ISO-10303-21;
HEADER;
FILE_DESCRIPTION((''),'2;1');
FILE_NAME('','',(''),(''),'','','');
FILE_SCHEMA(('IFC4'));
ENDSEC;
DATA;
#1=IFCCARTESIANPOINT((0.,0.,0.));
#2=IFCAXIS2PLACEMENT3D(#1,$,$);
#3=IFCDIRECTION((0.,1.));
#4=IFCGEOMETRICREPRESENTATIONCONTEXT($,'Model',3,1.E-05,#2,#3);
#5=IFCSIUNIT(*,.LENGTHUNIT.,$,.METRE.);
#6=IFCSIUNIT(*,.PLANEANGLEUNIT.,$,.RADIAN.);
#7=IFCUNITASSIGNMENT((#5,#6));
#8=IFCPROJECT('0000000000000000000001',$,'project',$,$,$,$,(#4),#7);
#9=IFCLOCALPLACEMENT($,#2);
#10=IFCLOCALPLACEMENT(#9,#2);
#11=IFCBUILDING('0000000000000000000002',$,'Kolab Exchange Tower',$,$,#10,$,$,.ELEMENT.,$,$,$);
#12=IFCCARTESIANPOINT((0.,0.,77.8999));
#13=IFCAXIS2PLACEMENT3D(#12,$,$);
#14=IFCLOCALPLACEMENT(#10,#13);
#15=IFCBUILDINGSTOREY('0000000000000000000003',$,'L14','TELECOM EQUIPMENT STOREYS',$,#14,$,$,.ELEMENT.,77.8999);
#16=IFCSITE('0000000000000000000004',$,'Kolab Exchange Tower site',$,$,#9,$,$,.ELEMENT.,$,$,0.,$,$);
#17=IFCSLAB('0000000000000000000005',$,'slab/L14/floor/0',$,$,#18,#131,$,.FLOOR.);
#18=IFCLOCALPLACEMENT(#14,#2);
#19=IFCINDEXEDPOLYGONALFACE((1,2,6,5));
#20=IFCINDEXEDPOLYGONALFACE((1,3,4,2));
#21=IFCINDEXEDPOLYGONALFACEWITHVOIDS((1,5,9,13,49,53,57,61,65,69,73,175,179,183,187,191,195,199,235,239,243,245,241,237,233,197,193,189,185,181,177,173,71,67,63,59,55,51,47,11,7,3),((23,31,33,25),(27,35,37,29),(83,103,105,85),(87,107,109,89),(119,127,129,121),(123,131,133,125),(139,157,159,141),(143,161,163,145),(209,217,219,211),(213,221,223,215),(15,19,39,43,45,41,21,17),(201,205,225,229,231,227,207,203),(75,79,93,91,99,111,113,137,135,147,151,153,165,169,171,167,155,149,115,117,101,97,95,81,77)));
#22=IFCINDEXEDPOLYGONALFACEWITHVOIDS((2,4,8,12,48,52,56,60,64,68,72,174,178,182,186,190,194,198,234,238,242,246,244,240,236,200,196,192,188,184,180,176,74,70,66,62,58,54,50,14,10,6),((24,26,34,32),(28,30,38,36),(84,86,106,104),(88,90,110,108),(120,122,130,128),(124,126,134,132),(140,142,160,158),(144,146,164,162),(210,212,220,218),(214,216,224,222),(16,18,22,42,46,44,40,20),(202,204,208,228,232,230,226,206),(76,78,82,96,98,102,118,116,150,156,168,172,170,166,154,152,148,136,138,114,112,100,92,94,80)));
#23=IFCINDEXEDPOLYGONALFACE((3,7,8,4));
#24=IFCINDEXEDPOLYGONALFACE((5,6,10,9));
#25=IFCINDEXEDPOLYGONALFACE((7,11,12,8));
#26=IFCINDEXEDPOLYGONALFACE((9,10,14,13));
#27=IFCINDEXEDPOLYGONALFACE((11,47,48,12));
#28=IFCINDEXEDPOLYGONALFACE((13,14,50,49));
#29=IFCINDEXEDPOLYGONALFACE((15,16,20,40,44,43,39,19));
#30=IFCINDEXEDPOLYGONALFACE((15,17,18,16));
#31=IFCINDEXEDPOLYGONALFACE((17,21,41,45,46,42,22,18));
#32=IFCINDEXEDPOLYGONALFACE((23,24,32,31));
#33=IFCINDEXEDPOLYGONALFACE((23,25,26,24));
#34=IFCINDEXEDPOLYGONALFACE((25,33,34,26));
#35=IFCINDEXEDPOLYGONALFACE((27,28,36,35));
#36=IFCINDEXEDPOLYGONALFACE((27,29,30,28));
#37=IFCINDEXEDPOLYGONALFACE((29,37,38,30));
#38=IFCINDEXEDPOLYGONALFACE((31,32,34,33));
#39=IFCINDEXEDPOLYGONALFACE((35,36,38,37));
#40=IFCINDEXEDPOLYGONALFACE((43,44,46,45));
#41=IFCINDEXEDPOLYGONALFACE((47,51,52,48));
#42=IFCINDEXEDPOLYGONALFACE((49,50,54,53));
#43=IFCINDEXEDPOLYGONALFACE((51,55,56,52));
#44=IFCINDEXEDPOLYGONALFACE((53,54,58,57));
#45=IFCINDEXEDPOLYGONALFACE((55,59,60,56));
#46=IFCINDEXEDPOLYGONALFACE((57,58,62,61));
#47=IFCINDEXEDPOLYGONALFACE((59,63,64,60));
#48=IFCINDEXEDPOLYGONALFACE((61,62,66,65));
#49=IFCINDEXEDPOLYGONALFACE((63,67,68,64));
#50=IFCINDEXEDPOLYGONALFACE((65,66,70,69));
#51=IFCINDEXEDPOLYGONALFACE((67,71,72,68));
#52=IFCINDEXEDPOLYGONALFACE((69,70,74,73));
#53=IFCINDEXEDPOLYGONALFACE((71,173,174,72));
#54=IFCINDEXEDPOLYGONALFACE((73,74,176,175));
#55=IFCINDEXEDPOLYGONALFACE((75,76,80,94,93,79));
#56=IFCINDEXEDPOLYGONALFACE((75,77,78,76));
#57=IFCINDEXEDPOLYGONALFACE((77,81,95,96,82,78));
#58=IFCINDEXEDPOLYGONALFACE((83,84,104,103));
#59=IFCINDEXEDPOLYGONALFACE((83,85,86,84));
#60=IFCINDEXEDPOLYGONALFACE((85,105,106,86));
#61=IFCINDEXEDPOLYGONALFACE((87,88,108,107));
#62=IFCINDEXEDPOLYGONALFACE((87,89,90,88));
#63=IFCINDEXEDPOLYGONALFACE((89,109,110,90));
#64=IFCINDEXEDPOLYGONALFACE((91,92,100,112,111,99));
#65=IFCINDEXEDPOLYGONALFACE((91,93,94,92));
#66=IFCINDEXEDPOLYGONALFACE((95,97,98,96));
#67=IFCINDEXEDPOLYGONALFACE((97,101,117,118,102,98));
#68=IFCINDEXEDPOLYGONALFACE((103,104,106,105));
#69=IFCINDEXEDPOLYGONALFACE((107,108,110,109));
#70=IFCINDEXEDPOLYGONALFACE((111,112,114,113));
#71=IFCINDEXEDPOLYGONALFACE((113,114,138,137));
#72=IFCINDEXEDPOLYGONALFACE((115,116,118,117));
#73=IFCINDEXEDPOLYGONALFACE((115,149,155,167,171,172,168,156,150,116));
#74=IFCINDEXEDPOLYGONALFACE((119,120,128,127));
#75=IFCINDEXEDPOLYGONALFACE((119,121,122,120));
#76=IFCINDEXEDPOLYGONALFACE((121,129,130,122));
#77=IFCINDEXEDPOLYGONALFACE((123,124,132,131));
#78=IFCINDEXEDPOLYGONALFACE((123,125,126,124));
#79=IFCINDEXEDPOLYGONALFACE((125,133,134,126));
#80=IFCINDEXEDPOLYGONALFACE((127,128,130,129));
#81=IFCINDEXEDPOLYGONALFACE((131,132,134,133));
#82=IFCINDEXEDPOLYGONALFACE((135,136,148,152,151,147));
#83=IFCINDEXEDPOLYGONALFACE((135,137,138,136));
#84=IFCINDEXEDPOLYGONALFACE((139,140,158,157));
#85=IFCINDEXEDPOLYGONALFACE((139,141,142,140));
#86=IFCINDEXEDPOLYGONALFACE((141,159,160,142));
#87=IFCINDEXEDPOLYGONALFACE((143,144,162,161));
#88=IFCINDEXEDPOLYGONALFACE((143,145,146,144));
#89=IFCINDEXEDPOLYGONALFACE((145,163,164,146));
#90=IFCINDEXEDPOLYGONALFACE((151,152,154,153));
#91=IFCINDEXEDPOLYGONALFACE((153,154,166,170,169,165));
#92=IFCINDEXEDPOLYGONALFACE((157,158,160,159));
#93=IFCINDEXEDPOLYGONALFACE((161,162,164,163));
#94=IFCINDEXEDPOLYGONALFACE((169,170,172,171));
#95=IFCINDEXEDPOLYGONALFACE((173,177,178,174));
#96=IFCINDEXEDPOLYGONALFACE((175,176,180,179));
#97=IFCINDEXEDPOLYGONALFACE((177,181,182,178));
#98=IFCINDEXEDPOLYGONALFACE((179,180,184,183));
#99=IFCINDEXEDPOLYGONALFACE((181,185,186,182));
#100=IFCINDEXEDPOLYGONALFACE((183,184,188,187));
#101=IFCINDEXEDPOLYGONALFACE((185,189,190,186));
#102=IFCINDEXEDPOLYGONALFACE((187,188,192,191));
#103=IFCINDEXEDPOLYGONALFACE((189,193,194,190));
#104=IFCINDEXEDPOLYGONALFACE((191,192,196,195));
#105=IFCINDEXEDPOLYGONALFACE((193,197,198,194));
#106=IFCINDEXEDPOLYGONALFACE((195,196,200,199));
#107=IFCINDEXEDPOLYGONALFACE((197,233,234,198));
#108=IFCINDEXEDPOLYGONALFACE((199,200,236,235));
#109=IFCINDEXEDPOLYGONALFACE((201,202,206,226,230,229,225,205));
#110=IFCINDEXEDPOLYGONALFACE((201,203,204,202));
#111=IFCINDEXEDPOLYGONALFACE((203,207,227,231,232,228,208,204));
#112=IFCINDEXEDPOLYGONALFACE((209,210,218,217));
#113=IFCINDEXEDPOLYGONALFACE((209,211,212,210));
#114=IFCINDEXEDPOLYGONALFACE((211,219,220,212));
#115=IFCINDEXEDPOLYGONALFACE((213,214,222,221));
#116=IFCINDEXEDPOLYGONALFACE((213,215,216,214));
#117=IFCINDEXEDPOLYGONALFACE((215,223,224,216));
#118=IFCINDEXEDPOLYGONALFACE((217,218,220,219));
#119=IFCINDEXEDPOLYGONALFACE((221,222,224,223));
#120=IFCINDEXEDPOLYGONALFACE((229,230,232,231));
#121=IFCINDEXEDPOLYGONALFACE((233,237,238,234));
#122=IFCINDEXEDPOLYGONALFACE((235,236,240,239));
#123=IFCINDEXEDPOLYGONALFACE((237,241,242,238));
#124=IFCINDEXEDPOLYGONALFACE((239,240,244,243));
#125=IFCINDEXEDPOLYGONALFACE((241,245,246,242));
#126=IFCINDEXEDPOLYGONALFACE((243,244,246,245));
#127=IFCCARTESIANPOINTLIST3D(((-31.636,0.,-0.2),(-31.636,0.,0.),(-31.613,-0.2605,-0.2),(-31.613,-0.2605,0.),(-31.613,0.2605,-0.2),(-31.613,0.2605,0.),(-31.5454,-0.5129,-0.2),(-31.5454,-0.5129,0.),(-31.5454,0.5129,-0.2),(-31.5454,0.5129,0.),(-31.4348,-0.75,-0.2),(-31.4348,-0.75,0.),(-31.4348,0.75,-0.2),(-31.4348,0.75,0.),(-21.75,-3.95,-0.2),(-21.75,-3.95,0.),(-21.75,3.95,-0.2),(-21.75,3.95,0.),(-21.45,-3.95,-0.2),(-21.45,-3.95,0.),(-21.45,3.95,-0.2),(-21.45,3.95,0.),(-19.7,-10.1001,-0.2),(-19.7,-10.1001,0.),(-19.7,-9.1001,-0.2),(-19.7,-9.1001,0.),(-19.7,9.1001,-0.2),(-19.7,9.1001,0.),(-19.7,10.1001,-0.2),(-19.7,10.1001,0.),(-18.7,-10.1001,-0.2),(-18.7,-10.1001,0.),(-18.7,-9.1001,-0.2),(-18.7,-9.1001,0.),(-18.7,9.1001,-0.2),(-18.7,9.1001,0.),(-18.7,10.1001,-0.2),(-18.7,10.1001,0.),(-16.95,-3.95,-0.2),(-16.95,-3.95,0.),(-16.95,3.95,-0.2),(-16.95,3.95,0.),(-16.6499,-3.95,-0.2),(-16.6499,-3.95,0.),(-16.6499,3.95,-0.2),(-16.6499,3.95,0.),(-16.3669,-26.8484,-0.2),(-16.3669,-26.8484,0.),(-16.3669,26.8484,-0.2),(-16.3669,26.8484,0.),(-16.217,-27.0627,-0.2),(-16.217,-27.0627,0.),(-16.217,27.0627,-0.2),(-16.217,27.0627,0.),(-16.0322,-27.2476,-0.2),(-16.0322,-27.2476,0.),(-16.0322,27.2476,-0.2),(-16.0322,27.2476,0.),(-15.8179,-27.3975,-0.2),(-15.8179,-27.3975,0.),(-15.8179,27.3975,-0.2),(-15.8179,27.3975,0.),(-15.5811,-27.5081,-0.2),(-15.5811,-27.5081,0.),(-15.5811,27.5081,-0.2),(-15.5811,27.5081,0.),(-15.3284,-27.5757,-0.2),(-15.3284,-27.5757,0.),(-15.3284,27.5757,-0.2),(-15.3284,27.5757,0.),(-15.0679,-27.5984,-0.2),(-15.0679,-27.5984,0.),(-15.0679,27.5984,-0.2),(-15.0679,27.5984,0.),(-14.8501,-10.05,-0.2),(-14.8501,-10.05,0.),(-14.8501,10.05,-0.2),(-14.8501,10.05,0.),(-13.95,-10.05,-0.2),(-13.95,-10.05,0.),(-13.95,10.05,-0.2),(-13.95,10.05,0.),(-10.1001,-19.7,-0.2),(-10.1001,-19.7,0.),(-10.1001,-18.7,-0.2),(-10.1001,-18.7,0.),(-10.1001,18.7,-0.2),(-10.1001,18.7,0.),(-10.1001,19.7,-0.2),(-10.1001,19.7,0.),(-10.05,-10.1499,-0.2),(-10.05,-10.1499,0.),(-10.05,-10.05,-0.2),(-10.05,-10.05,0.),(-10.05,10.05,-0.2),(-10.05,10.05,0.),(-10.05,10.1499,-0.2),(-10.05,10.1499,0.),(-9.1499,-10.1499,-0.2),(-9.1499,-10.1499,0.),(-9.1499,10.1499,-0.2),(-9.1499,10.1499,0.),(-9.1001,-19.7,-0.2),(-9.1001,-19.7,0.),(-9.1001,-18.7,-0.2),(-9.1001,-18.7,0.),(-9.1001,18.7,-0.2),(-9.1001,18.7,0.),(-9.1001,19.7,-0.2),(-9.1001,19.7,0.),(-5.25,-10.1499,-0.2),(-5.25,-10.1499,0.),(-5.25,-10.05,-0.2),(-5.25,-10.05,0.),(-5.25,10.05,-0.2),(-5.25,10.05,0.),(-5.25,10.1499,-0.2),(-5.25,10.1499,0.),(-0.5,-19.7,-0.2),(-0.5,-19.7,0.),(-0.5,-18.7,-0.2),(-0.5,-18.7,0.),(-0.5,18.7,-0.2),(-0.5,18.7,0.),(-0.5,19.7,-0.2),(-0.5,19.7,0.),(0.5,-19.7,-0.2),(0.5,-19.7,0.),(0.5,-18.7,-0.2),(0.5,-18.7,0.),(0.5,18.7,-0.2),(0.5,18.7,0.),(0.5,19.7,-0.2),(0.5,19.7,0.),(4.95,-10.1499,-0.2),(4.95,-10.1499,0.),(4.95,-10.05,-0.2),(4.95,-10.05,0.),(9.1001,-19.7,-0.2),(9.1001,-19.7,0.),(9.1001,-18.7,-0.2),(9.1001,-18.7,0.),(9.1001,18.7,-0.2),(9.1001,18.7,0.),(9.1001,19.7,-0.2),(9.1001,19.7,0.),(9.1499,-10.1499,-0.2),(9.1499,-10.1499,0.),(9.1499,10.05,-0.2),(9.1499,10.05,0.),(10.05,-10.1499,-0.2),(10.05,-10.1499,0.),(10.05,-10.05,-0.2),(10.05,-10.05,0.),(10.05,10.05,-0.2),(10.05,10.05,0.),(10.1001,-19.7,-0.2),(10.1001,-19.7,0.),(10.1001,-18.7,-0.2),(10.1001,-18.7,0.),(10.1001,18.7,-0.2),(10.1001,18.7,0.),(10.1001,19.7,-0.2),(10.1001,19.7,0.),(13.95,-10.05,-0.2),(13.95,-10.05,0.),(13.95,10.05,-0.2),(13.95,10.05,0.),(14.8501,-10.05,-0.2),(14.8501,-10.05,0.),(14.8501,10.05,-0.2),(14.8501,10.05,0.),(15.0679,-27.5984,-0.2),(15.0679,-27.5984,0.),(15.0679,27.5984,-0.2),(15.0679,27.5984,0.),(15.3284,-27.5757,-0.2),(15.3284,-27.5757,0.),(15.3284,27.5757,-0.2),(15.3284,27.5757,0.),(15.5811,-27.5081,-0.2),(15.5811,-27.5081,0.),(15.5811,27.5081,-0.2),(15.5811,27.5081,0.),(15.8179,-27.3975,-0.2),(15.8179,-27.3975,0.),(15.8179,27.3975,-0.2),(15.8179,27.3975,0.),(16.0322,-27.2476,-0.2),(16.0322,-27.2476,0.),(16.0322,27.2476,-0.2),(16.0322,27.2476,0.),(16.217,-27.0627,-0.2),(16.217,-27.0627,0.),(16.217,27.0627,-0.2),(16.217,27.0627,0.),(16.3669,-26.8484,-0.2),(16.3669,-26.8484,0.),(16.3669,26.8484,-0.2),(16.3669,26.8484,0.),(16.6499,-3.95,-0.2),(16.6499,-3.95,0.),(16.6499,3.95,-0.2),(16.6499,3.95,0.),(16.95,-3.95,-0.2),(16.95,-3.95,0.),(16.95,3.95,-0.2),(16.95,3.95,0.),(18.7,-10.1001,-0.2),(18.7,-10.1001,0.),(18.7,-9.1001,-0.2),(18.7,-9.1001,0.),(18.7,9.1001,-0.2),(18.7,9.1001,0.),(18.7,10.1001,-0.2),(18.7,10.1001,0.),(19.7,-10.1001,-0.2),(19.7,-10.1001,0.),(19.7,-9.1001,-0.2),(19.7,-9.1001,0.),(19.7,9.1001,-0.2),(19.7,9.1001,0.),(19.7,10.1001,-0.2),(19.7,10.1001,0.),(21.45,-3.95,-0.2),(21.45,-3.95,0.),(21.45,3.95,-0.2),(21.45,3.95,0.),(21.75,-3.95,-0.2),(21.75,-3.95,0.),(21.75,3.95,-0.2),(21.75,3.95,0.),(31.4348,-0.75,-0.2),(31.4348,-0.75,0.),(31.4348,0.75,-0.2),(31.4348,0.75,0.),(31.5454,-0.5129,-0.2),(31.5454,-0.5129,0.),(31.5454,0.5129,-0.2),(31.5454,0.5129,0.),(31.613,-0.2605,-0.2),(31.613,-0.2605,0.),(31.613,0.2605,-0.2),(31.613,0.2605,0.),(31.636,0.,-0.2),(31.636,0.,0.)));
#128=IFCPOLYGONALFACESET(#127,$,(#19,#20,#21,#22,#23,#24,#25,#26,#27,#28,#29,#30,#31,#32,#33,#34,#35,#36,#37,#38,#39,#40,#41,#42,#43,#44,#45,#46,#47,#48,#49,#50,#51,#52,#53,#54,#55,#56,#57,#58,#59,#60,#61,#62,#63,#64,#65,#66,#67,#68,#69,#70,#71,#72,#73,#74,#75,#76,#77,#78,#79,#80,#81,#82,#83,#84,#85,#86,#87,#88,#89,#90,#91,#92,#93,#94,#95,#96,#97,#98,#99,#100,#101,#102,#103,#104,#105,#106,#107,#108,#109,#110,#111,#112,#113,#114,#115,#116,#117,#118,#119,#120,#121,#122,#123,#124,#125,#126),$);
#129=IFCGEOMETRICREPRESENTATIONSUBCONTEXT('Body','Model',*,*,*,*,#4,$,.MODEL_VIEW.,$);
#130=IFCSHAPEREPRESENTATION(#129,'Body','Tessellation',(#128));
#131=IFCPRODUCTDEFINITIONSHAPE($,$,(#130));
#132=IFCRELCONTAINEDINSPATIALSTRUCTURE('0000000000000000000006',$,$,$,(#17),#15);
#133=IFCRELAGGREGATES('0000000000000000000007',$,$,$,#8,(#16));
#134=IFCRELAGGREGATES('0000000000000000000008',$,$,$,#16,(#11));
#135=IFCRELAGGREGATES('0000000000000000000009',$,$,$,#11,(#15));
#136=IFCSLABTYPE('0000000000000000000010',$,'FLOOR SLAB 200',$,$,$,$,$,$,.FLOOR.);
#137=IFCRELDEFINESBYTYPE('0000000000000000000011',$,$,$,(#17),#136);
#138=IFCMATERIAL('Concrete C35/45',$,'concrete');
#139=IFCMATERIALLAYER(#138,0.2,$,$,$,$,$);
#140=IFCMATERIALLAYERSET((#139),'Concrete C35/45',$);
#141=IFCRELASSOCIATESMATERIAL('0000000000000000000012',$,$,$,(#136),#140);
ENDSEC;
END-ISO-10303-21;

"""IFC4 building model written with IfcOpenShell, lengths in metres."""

from ifc_helpers import new_model, si_unit, direction, frame, origin, place, context, subcontext, project, spatial, polyline, outline, extrude, material, layer, layer_set, type_object, element, save


model = new_model("IFC4")

# Units and contexts
model_context = context("Model", 3, precision=1e-05, world=origin(), true_north=direction((0.0, 1.0)))
body_context = subcontext(model_context, "Body", "Model", "MODEL_VIEW")
ifc_project = project(units=[si_unit("LENGTHUNIT", "METRE"), si_unit("PLANEANGLEUNIT", "RADIAN")], contexts=[model_context])

# Site, building, storey
site_placement = place(None, origin())
site = spatial("IfcSite", under=ifc_project, at=site_placement, Name="Kolab Exchange Tower site", CompositionType="ELEMENT", RefElevation=0.0)
building_placement = place(site_placement, origin())
building = spatial("IfcBuilding", under=site, at=building_placement, Name="Kolab Exchange Tower", CompositionType="ELEMENT")
storey_placement = place(building_placement, frame((0.0, 0.0, 77.8999)))
storey = spatial("IfcBuildingStorey", under=building, at=storey_placement, Name="L14", Description="TELECOM EQUIPMENT STOREYS", CompositionType="ELEMENT", Elevation=77.8999)

# Slab
ifc_material_1 = material(Name="Concrete C35/45", Category="concrete")
ifc_layer_1 = layer(ifc_material_1, 0.2)
ifc_layer_set_1 = layer_set([ifc_layer_1], Name="Concrete C35/45")
slab_type = type_object("IfcSlabType", Name="FLOOR SLAB 200", PredefinedType="FLOOR", material=ifc_layer_set_1)
slab_1_placement = place(storey_placement, frame((0.0, 0.0, -0.2)))
element("IfcSlab", 1, at=slab_1_placement, inside=storey, type_object=slab_type, Name="slab/L14/floor/0", PredefinedType="FLOOR", context=body_context, shape_type="SweptSolid", body=[
    extrude(outline(polyline([(16.3669, -26.8484), (31.4348, -0.75), (31.5454, -0.5129), (31.613, -0.2605), (31.636, 0.0), (31.613, 0.2605), (31.5454, 0.5129), (31.4348, 0.75), (16.3669, 26.8484), (16.217, 27.0627), (16.0322, 27.2476), (15.8179, 27.3975), (15.5811, 27.5081), (15.3284, 27.5757), (15.0679, 27.5984), (-15.0679, 27.5984), (-15.3284, 27.5757), (-15.5811, 27.5081), (-15.8179, 27.3975), (-16.0322, 27.2476), (-16.217, 27.0627), (-16.3669, 26.8484), (-31.4348, 0.75), (-31.5454, 0.5129), (-31.613, 0.2605), (-31.636, 0.0), (-31.613, -0.2605), (-31.5454, -0.5129), (-31.4348, -0.75), (-16.3669, -26.8484), (-16.217, -27.0627), (-16.0322, -27.2476), (-15.8179, -27.3975), (-15.5811, -27.5081), (-15.3284, -27.5757), (-15.0679, -27.5984), (15.0679, -27.5984), (15.3284, -27.5757), (15.5811, -27.5081), (15.8179, -27.3975), (16.0322, -27.2476), (16.217, -27.0627), (16.3669, -26.8484)]), holes=[polyline([(-13.95, -10.05), (-14.8501, -10.05), (-14.8501, 10.05), (-13.95, 10.05), (-10.05, 10.05), (-10.05, 10.1499), (-9.1499, 10.1499), (-5.25, 10.1499), (-5.25, 10.05), (9.1499, 10.05), (10.05, 10.05), (13.95, 10.05), (14.8501, 10.05), (14.8501, -10.05), (13.95, -10.05), (10.05, -10.05), (10.05, -10.1499), (9.1499, -10.1499), (4.95, -10.1499), (4.95, -10.05), (-5.25, -10.05), (-5.25, -10.1499), (-9.1499, -10.1499), (-10.05, -10.1499), (-10.05, -10.05), (-13.95, -10.05)]), polyline([(-18.7, -9.1001), (-18.7, -10.1001), (-19.7, -10.1001), (-19.7, -9.1001), (-18.7, -9.1001)]), polyline([(-21.45, -3.95), (-21.75, -3.95), (-21.75, 3.95), (-21.45, 3.95), (-16.95, 3.95), (-16.6499, 3.95), (-16.6499, -3.95), (-16.95, -3.95), (-21.45, -3.95)]), polyline([(-18.7, 10.1001), (-18.7, 9.1001), (-19.7, 9.1001), (-19.7, 10.1001), (-18.7, 10.1001)]), polyline([(-9.1001, -18.7), (-9.1001, -19.7), (-10.1001, -19.7), (-10.1001, -18.7), (-9.1001, -18.7)]), polyline([(-9.1001, 19.7), (-9.1001, 18.7), (-10.1001, 18.7), (-10.1001, 19.7), (-9.1001, 19.7)]), polyline([(9.1001, -18.7), (10.1001, -18.7), (10.1001, -19.7), (9.1001, -19.7), (9.1001, -18.7)]), polyline([(-0.5, -18.7), (0.5, -18.7), (0.5, -19.7), (-0.5, -19.7), (-0.5, -18.7)]), polyline([(0.5, 19.7), (0.5, 18.7), (-0.5, 18.7), (-0.5, 19.7), (0.5, 19.7)]), polyline([(10.1001, 19.7), (10.1001, 18.7), (9.1001, 18.7), (9.1001, 19.7), (10.1001, 19.7)]), polyline([(19.7, -9.1001), (19.7, -10.1001), (18.7, -10.1001), (18.7, -9.1001), (19.7, -9.1001)]), polyline([(21.45, 3.95), (21.75, 3.95), (21.75, -3.95), (21.45, -3.95), (16.95, -3.95), (16.6499, -3.95), (16.6499, 3.95), (16.95, 3.95), (21.45, 3.95)]), polyline([(19.7, 10.1001), (19.7, 9.1001), (18.7, 9.1001), (18.7, 10.1001), (19.7, 10.1001)])]), origin(), (0.0, 0.0, 1.0), 0.2),
])

save(model, "model.ifc")
